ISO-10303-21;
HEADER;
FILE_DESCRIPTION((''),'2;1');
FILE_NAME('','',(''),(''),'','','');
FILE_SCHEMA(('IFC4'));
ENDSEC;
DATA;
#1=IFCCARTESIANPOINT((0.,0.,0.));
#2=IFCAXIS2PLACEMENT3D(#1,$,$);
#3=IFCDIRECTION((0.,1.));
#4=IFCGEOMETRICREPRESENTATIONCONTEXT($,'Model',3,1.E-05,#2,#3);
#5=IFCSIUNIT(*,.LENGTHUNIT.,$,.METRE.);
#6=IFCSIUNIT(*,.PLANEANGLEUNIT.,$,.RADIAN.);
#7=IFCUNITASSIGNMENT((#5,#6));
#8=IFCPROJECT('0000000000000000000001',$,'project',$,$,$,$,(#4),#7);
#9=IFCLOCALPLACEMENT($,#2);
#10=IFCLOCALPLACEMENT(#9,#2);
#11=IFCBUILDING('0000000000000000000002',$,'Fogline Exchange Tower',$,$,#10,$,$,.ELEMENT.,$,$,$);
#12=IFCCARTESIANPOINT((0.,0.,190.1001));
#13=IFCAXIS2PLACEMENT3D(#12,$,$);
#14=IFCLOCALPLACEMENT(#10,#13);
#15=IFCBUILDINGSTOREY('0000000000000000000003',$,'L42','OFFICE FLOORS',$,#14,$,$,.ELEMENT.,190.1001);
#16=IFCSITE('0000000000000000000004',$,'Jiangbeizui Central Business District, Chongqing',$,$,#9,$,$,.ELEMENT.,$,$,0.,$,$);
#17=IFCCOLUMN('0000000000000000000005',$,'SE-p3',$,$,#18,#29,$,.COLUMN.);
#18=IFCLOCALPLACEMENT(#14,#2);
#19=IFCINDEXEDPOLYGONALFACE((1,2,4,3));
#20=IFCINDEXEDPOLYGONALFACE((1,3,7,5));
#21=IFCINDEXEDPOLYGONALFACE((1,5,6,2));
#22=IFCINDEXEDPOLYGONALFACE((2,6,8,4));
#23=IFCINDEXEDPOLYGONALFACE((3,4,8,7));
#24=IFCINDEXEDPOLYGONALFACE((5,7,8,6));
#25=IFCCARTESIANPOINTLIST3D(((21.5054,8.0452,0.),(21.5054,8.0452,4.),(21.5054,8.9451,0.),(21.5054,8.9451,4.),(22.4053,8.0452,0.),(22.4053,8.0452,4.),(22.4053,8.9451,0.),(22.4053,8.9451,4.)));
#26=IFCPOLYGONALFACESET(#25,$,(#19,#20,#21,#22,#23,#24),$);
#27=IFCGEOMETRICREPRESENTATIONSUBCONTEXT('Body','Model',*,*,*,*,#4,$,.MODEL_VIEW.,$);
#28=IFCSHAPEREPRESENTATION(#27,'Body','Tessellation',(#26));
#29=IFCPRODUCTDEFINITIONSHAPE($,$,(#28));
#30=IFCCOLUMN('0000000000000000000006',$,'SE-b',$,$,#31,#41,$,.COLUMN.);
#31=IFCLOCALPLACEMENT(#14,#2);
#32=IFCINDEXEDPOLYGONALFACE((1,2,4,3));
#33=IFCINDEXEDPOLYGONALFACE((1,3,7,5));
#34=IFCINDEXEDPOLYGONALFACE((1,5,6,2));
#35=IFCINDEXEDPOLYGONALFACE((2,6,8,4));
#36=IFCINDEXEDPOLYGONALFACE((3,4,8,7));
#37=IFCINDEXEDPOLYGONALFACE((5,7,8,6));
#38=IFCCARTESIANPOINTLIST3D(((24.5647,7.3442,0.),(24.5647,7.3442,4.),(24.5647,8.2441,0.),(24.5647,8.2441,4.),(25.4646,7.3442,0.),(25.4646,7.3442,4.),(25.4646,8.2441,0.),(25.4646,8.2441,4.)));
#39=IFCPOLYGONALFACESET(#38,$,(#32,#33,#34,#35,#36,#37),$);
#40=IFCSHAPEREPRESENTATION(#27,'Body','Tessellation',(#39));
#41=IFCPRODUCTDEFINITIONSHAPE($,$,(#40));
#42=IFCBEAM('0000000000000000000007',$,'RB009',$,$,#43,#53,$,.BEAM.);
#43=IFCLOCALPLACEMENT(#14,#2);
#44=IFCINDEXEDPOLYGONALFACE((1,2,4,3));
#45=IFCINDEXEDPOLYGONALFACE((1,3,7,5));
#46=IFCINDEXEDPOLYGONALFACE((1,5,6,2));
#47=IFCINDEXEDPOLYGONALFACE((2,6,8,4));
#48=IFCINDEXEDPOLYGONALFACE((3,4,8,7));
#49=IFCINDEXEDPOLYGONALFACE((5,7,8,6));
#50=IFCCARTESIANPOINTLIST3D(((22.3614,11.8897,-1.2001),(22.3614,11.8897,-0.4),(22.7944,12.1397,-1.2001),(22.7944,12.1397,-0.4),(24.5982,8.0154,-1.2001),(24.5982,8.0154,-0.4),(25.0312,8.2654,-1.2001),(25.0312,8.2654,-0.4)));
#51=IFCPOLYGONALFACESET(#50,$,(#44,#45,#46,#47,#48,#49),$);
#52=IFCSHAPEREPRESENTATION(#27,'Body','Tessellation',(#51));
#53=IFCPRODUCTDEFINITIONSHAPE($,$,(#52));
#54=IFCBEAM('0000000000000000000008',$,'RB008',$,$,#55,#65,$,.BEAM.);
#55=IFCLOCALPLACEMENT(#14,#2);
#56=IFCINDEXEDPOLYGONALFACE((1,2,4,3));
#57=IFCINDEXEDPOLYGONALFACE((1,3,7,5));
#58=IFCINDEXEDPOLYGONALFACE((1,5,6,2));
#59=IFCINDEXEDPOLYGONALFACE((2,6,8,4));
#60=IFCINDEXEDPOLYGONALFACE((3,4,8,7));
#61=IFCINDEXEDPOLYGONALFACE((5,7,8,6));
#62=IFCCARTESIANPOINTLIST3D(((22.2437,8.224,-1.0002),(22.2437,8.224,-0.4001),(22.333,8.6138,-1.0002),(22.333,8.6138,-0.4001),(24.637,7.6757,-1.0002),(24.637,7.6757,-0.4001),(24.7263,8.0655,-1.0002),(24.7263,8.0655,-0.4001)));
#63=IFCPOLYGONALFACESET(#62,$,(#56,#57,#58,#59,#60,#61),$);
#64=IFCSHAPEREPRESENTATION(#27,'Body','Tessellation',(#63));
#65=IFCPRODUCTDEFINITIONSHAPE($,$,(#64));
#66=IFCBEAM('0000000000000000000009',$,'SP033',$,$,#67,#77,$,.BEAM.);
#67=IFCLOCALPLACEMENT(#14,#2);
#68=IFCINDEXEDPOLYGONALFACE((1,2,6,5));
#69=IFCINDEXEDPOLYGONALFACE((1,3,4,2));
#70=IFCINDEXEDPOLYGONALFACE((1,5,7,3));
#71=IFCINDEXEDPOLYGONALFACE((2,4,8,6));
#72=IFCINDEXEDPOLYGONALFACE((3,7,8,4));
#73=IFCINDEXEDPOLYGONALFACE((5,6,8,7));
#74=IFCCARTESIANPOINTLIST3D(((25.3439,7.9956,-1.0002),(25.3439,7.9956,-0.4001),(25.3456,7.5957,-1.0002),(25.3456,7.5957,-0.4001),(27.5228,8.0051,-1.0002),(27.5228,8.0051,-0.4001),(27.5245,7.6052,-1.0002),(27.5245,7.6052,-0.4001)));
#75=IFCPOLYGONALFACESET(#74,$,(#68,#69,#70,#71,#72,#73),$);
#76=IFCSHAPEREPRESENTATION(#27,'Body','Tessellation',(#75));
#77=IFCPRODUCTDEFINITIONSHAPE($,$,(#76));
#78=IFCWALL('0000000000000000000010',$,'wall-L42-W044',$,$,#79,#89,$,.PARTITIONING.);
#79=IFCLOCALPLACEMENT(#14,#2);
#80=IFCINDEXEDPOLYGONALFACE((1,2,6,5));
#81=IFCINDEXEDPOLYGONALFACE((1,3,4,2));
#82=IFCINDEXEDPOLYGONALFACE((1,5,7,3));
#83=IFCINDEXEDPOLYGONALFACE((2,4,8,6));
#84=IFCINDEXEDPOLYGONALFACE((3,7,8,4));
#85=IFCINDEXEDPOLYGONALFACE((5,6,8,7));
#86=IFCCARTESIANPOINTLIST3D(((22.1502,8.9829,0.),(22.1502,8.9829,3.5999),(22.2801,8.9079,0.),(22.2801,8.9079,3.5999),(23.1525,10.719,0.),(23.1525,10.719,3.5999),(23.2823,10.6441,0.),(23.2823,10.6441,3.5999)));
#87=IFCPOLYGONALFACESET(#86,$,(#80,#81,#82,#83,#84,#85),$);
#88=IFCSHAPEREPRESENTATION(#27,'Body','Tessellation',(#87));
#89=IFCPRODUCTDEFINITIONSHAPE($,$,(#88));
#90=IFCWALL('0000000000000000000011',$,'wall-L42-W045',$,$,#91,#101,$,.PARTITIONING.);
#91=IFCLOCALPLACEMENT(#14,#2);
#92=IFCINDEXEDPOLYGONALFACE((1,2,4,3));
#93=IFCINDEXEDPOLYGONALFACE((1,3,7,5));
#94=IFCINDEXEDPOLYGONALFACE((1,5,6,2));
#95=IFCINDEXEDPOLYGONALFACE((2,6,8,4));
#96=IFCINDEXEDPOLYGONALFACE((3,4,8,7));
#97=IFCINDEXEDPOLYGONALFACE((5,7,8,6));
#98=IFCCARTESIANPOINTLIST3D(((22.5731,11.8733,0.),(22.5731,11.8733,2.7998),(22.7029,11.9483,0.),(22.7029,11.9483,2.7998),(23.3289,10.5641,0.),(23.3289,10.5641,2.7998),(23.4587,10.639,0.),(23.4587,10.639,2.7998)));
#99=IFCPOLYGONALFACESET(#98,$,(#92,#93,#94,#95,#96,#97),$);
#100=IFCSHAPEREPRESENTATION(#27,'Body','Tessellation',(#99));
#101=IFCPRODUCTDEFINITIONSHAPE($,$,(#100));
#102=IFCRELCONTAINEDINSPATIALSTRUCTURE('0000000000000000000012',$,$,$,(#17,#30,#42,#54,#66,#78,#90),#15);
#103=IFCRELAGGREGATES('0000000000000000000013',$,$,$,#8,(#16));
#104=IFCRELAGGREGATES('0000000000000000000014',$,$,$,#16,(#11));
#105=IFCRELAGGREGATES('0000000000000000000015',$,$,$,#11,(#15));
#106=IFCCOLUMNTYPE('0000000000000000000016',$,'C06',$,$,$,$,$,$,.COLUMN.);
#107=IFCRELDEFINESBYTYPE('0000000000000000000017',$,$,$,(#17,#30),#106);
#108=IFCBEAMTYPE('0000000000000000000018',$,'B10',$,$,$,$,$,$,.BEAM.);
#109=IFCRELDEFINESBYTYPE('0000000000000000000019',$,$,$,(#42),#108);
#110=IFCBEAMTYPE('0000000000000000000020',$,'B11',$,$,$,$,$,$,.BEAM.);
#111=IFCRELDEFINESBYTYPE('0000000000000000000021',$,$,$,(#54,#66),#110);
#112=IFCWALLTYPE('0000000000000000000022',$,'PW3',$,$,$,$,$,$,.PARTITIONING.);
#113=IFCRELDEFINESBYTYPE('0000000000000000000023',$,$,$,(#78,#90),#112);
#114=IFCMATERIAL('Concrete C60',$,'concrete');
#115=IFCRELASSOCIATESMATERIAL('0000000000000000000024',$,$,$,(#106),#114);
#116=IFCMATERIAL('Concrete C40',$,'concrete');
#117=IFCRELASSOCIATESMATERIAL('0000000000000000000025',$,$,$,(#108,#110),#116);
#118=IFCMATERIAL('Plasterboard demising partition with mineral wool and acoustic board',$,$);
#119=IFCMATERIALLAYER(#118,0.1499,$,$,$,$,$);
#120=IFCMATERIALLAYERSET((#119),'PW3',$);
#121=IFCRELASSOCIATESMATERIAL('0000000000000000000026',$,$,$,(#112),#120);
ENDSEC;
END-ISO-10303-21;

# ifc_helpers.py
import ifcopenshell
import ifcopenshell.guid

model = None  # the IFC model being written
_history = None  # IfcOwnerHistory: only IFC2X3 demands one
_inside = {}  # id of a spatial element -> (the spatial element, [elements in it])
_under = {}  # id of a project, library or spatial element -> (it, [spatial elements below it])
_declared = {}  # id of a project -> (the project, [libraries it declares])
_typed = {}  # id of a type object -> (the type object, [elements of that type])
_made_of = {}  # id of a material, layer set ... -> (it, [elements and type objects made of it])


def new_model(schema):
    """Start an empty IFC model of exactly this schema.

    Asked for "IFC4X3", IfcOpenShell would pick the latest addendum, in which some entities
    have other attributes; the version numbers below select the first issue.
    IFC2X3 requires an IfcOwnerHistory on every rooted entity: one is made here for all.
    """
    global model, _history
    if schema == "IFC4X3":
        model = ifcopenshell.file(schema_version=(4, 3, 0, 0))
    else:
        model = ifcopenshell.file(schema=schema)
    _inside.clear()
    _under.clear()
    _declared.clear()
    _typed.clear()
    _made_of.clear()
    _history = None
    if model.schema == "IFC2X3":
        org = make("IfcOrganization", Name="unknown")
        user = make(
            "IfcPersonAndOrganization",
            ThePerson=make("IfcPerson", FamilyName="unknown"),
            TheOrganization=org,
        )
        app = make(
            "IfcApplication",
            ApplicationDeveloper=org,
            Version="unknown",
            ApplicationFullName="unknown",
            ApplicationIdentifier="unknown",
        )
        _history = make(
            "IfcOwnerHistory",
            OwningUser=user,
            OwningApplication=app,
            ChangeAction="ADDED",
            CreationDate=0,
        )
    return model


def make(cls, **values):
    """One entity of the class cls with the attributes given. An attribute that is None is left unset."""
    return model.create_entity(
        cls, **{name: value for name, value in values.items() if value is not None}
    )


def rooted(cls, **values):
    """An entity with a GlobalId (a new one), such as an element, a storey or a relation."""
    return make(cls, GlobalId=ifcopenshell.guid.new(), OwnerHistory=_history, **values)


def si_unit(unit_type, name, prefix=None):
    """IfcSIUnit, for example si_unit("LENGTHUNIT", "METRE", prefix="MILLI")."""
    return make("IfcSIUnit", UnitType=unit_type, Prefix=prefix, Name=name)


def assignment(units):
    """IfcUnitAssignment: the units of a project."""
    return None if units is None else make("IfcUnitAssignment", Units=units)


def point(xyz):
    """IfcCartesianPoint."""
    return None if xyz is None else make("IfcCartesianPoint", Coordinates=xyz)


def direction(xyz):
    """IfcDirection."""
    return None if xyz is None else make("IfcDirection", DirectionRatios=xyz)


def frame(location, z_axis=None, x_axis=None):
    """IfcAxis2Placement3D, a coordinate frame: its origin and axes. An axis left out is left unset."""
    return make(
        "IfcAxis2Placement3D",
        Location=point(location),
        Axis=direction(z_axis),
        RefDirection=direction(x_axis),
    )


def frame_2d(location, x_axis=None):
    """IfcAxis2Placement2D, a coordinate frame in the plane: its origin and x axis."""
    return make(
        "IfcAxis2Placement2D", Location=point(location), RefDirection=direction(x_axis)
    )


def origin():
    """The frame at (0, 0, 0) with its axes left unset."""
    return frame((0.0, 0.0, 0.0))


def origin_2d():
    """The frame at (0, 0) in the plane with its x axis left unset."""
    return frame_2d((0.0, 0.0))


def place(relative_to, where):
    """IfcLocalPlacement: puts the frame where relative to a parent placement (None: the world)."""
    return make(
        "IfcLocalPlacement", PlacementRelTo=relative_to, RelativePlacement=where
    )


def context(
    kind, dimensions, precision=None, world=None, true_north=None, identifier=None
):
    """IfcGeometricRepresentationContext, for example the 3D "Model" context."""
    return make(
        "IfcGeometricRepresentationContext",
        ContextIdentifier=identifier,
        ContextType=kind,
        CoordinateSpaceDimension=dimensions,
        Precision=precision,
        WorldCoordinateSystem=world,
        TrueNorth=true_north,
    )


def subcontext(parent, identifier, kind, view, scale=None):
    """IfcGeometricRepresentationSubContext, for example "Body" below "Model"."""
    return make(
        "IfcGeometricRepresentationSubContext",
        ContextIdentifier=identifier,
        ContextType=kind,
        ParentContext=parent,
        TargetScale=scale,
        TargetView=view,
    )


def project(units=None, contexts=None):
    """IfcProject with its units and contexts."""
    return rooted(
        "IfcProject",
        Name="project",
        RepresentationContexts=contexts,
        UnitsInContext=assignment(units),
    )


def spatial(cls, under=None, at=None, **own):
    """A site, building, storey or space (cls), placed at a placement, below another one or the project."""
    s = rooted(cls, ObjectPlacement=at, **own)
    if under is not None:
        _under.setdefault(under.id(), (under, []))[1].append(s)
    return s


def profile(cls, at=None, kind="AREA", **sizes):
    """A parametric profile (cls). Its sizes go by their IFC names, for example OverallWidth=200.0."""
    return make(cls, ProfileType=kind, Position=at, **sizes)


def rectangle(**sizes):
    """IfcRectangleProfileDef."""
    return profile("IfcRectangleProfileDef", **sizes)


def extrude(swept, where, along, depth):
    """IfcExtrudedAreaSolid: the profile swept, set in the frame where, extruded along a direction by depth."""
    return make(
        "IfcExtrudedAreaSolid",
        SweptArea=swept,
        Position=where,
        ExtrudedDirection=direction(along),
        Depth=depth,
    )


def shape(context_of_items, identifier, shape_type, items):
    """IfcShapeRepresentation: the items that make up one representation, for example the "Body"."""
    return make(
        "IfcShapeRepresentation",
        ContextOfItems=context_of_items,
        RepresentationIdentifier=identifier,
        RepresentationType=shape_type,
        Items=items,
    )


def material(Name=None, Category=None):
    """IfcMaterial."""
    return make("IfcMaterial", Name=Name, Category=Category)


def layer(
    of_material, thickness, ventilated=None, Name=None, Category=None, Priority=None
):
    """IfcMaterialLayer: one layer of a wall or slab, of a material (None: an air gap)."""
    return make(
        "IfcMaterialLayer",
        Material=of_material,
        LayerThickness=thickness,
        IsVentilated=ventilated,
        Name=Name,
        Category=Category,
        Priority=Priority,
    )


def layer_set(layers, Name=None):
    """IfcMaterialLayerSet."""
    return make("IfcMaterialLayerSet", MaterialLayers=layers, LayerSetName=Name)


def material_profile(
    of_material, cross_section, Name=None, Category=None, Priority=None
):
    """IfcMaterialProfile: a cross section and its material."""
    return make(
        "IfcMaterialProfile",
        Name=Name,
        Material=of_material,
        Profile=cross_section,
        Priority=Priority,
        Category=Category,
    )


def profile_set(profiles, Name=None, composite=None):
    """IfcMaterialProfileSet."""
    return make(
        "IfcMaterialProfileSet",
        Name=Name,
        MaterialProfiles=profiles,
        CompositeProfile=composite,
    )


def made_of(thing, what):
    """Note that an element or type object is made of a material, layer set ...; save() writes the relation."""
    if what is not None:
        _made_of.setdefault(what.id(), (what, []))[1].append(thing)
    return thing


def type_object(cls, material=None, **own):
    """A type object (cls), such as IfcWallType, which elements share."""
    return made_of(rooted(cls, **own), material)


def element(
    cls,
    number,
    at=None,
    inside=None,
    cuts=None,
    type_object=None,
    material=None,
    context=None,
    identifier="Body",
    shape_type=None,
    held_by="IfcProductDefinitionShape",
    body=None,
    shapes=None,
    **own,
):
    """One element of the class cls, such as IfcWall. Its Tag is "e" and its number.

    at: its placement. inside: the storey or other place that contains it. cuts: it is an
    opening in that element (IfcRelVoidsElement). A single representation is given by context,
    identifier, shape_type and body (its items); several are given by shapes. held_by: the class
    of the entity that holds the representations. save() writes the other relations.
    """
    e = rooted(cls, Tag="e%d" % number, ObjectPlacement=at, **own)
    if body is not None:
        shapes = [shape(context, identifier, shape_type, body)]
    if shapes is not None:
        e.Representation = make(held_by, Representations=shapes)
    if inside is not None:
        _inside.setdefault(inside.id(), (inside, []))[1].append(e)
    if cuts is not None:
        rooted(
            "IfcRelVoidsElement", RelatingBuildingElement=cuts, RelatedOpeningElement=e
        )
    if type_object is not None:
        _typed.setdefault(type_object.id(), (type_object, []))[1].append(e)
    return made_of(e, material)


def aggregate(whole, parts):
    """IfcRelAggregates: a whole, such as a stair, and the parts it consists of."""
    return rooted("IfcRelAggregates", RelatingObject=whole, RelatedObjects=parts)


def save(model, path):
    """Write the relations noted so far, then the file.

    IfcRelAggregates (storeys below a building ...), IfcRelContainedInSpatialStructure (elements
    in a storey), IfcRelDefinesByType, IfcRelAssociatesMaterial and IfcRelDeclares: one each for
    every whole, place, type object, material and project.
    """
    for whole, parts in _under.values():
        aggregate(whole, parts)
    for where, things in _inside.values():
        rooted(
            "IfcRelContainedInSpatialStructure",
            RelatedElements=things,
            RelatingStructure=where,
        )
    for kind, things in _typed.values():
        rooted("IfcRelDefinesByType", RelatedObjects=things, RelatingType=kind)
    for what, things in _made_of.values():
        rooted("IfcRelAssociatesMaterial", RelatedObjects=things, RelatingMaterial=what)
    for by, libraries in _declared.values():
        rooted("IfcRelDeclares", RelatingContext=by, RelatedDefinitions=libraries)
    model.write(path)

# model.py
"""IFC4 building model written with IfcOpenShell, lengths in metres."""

from ifc_helpers import new_model, si_unit, direction, frame, frame_2d, origin, origin_2d, place, context, subcontext, project, spatial, rectangle, extrude, material, layer, layer_set, material_profile, profile_set, type_object, element, save


model = new_model("IFC4")

# Units and contexts
model_context = context("Model", 3, precision=1e-05, world=origin(), true_north=direction((0.0, 1.0)))
body_context = subcontext(model_context, "Body", "Model", "MODEL_VIEW")
ifc_project = project(units=[si_unit("LENGTHUNIT", "METRE"), si_unit("PLANEANGLEUNIT", "RADIAN")], contexts=[model_context])

# Site, building, storey
site_placement = place(None, origin())
site = spatial("IfcSite", under=ifc_project, at=site_placement, Name="Jiangbeizui Central Business District, Chongqing", CompositionType="ELEMENT", RefElevation=0.0)
building_placement = place(site_placement, origin())
building = spatial("IfcBuilding", under=site, at=building_placement, Name="Fogline Exchange Tower", CompositionType="ELEMENT")
storey_placement = place(building_placement, frame((0.0, 0.0, 190.1001)))
storey = spatial("IfcBuildingStorey", under=building, at=storey_placement, Name="L42", Description="OFFICE FLOORS", CompositionType="ELEMENT", Elevation=190.1001)

# Columns
ifc_material_1 = material(Name="Concrete C60", Category="concrete")
ifc_material_profile_1 = material_profile(ifc_material_1, rectangle(XDim=0.8999, YDim=0.8999, at=origin_2d()), Name="RC 900x900")
ifc_profile_set_1 = profile_set([ifc_material_profile_1], Name="Concrete C60")
column_type = type_object("IfcColumnType", Name="C06", PredefinedType="COLUMN", material=ifc_profile_set_1)
for number, where, z_axis, x_axis, name in (
    (1, (21.9553, 8.4951, 0.0), (0.0, 0.0, 1.0), (1.0, 0.0, 0.0), "SE-p3"),
    (2, (25.0146, 7.7942, 0.0), (0.0, 0.0, 1.0), (1.0, 0.0, 0.0), "SE-b"),
):
    element("IfcColumn", number, at=place(storey_placement, frame(where, z_axis=z_axis, x_axis=x_axis)), inside=storey, type_object=column_type, Name=name, PredefinedType="COLUMN", context=body_context, shape_type="SweptSolid", body=[
        extrude(rectangle(XDim=0.8999, YDim=0.8999, at=origin_2d()), origin(), (0.0, 0.0, 1.0), 4.0),
    ])

# Beams
ifc_material_2 = material(Name="Concrete C40", Category="concrete")
ifc_material_profile_2 = material_profile(ifc_material_2, rectangle(XDim=0.5, YDim=0.8, at=origin_2d()), Name="RC 500x800")
ifc_profile_set_2 = profile_set([ifc_material_profile_2], Name="Concrete C40")
beam_type_1 = type_object("IfcBeamType", Name="B10", PredefinedType="BEAM", material=ifc_profile_set_2)
beam_1_placement = place(storey_placement, frame((24.8147, 8.1404, -0.8), z_axis=(-0.500001, 0.866025, 0.0), x_axis=(-0.866025, -0.500001, 0.0)))
element("IfcBeam", 3, at=beam_1_placement, inside=storey, type_object=beam_type_1, Name="RB009", PredefinedType="BEAM", context=body_context, shape_type="SweptSolid", body=[
    extrude(rectangle(XDim=0.5, YDim=0.8, at=origin_2d()), origin(), (0.0, 0.0, 1.0), 4.4736),
])
ifc_material_profile_3 = material_profile(ifc_material_2, rectangle(XDim=0.3999, YDim=0.6001, at=origin_2d()), Name="RC 400x600")
ifc_profile_set_3 = profile_set([ifc_material_profile_3], Name="Concrete C40")
beam_type_2 = type_object("IfcBeamType", Name="B11", PredefinedType="BEAM", material=ifc_profile_set_3)
beam_2_placement = place(storey_placement, frame((22.2883, 8.4189, -0.7002), z_axis=(0.974744, -0.223327, 0.0), x_axis=(0.223327, 0.974744, 0.0)))
element("IfcBeam", 4, at=beam_2_placement, inside=storey, type_object=beam_type_2, Name="RB008", PredefinedType="BEAM", context=body_context, shape_type="SweptSolid", body=[
    extrude(rectangle(XDim=0.3999, YDim=0.6001, at=origin_2d()), origin(), (0.0, 0.0, 1.0), 2.4553),
])
beam_3_placement = place(storey_placement, frame((25.3447, 7.7957, -0.7002), z_axis=(0.99999, 0.00437, 0.0), x_axis=(-0.00437, 0.99999, 0.0)))
element("IfcBeam", 5, at=beam_3_placement, inside=storey, type_object=beam_type_2, Name="SP033", PredefinedType="BEAM", context=body_context, shape_type="SweptSolid", body=[
    extrude(rectangle(XDim=0.3999, YDim=0.6001, at=origin_2d()), origin(), (0.0, 0.0, 1.0), 2.179),
])

# Walls
ifc_material_3 = material(Name="Plasterboard demising partition with mineral wool and acoustic board")
ifc_layer_1 = layer(ifc_material_3, 0.1499)
ifc_layer_set_1 = layer_set([ifc_layer_1], Name="PW3")
wall_type_1 = type_object("IfcWallType", Name="PW3", PredefinedType="PARTITIONING", material=ifc_layer_set_1)
wall_1_placement = place(storey_placement, frame((22.2151, 8.9453, 0.0), z_axis=(0.0, 0.0, 1.0), x_axis=(0.499951, 0.866054, 0.0)))
element("IfcWall", 6, at=wall_1_placement, inside=storey, type_object=wall_type_1, Name="wall-L42-W044", PredefinedType="PARTITIONING", context=body_context, shape_type="SweptSolid", body=[
    extrude(rectangle(XDim=2.0046, YDim=0.1499, at=frame_2d((1.0024, 0.0))), origin(), (0.0, 0.0, 1.0), 3.5999),
])
wall_2_placement = place(storey_placement, frame((23.3938, 10.6016, 0.0), z_axis=(0.0, 0.0, 1.0), x_axis=(-0.49996, 0.866048, 0.0)))
element("IfcWall", 7, at=wall_2_placement, inside=storey, type_object=wall_type_1, Name="wall-L42-W045", PredefinedType="PARTITIONING", context=body_context, shape_type="SweptSolid", body=[
    extrude(rectangle(XDim=1.5117, YDim=0.1499, at=frame_2d((0.7559, 0.0))), origin(), (0.0, 0.0, 1.0), 2.7998),
])

save(model, "model.ifc")
